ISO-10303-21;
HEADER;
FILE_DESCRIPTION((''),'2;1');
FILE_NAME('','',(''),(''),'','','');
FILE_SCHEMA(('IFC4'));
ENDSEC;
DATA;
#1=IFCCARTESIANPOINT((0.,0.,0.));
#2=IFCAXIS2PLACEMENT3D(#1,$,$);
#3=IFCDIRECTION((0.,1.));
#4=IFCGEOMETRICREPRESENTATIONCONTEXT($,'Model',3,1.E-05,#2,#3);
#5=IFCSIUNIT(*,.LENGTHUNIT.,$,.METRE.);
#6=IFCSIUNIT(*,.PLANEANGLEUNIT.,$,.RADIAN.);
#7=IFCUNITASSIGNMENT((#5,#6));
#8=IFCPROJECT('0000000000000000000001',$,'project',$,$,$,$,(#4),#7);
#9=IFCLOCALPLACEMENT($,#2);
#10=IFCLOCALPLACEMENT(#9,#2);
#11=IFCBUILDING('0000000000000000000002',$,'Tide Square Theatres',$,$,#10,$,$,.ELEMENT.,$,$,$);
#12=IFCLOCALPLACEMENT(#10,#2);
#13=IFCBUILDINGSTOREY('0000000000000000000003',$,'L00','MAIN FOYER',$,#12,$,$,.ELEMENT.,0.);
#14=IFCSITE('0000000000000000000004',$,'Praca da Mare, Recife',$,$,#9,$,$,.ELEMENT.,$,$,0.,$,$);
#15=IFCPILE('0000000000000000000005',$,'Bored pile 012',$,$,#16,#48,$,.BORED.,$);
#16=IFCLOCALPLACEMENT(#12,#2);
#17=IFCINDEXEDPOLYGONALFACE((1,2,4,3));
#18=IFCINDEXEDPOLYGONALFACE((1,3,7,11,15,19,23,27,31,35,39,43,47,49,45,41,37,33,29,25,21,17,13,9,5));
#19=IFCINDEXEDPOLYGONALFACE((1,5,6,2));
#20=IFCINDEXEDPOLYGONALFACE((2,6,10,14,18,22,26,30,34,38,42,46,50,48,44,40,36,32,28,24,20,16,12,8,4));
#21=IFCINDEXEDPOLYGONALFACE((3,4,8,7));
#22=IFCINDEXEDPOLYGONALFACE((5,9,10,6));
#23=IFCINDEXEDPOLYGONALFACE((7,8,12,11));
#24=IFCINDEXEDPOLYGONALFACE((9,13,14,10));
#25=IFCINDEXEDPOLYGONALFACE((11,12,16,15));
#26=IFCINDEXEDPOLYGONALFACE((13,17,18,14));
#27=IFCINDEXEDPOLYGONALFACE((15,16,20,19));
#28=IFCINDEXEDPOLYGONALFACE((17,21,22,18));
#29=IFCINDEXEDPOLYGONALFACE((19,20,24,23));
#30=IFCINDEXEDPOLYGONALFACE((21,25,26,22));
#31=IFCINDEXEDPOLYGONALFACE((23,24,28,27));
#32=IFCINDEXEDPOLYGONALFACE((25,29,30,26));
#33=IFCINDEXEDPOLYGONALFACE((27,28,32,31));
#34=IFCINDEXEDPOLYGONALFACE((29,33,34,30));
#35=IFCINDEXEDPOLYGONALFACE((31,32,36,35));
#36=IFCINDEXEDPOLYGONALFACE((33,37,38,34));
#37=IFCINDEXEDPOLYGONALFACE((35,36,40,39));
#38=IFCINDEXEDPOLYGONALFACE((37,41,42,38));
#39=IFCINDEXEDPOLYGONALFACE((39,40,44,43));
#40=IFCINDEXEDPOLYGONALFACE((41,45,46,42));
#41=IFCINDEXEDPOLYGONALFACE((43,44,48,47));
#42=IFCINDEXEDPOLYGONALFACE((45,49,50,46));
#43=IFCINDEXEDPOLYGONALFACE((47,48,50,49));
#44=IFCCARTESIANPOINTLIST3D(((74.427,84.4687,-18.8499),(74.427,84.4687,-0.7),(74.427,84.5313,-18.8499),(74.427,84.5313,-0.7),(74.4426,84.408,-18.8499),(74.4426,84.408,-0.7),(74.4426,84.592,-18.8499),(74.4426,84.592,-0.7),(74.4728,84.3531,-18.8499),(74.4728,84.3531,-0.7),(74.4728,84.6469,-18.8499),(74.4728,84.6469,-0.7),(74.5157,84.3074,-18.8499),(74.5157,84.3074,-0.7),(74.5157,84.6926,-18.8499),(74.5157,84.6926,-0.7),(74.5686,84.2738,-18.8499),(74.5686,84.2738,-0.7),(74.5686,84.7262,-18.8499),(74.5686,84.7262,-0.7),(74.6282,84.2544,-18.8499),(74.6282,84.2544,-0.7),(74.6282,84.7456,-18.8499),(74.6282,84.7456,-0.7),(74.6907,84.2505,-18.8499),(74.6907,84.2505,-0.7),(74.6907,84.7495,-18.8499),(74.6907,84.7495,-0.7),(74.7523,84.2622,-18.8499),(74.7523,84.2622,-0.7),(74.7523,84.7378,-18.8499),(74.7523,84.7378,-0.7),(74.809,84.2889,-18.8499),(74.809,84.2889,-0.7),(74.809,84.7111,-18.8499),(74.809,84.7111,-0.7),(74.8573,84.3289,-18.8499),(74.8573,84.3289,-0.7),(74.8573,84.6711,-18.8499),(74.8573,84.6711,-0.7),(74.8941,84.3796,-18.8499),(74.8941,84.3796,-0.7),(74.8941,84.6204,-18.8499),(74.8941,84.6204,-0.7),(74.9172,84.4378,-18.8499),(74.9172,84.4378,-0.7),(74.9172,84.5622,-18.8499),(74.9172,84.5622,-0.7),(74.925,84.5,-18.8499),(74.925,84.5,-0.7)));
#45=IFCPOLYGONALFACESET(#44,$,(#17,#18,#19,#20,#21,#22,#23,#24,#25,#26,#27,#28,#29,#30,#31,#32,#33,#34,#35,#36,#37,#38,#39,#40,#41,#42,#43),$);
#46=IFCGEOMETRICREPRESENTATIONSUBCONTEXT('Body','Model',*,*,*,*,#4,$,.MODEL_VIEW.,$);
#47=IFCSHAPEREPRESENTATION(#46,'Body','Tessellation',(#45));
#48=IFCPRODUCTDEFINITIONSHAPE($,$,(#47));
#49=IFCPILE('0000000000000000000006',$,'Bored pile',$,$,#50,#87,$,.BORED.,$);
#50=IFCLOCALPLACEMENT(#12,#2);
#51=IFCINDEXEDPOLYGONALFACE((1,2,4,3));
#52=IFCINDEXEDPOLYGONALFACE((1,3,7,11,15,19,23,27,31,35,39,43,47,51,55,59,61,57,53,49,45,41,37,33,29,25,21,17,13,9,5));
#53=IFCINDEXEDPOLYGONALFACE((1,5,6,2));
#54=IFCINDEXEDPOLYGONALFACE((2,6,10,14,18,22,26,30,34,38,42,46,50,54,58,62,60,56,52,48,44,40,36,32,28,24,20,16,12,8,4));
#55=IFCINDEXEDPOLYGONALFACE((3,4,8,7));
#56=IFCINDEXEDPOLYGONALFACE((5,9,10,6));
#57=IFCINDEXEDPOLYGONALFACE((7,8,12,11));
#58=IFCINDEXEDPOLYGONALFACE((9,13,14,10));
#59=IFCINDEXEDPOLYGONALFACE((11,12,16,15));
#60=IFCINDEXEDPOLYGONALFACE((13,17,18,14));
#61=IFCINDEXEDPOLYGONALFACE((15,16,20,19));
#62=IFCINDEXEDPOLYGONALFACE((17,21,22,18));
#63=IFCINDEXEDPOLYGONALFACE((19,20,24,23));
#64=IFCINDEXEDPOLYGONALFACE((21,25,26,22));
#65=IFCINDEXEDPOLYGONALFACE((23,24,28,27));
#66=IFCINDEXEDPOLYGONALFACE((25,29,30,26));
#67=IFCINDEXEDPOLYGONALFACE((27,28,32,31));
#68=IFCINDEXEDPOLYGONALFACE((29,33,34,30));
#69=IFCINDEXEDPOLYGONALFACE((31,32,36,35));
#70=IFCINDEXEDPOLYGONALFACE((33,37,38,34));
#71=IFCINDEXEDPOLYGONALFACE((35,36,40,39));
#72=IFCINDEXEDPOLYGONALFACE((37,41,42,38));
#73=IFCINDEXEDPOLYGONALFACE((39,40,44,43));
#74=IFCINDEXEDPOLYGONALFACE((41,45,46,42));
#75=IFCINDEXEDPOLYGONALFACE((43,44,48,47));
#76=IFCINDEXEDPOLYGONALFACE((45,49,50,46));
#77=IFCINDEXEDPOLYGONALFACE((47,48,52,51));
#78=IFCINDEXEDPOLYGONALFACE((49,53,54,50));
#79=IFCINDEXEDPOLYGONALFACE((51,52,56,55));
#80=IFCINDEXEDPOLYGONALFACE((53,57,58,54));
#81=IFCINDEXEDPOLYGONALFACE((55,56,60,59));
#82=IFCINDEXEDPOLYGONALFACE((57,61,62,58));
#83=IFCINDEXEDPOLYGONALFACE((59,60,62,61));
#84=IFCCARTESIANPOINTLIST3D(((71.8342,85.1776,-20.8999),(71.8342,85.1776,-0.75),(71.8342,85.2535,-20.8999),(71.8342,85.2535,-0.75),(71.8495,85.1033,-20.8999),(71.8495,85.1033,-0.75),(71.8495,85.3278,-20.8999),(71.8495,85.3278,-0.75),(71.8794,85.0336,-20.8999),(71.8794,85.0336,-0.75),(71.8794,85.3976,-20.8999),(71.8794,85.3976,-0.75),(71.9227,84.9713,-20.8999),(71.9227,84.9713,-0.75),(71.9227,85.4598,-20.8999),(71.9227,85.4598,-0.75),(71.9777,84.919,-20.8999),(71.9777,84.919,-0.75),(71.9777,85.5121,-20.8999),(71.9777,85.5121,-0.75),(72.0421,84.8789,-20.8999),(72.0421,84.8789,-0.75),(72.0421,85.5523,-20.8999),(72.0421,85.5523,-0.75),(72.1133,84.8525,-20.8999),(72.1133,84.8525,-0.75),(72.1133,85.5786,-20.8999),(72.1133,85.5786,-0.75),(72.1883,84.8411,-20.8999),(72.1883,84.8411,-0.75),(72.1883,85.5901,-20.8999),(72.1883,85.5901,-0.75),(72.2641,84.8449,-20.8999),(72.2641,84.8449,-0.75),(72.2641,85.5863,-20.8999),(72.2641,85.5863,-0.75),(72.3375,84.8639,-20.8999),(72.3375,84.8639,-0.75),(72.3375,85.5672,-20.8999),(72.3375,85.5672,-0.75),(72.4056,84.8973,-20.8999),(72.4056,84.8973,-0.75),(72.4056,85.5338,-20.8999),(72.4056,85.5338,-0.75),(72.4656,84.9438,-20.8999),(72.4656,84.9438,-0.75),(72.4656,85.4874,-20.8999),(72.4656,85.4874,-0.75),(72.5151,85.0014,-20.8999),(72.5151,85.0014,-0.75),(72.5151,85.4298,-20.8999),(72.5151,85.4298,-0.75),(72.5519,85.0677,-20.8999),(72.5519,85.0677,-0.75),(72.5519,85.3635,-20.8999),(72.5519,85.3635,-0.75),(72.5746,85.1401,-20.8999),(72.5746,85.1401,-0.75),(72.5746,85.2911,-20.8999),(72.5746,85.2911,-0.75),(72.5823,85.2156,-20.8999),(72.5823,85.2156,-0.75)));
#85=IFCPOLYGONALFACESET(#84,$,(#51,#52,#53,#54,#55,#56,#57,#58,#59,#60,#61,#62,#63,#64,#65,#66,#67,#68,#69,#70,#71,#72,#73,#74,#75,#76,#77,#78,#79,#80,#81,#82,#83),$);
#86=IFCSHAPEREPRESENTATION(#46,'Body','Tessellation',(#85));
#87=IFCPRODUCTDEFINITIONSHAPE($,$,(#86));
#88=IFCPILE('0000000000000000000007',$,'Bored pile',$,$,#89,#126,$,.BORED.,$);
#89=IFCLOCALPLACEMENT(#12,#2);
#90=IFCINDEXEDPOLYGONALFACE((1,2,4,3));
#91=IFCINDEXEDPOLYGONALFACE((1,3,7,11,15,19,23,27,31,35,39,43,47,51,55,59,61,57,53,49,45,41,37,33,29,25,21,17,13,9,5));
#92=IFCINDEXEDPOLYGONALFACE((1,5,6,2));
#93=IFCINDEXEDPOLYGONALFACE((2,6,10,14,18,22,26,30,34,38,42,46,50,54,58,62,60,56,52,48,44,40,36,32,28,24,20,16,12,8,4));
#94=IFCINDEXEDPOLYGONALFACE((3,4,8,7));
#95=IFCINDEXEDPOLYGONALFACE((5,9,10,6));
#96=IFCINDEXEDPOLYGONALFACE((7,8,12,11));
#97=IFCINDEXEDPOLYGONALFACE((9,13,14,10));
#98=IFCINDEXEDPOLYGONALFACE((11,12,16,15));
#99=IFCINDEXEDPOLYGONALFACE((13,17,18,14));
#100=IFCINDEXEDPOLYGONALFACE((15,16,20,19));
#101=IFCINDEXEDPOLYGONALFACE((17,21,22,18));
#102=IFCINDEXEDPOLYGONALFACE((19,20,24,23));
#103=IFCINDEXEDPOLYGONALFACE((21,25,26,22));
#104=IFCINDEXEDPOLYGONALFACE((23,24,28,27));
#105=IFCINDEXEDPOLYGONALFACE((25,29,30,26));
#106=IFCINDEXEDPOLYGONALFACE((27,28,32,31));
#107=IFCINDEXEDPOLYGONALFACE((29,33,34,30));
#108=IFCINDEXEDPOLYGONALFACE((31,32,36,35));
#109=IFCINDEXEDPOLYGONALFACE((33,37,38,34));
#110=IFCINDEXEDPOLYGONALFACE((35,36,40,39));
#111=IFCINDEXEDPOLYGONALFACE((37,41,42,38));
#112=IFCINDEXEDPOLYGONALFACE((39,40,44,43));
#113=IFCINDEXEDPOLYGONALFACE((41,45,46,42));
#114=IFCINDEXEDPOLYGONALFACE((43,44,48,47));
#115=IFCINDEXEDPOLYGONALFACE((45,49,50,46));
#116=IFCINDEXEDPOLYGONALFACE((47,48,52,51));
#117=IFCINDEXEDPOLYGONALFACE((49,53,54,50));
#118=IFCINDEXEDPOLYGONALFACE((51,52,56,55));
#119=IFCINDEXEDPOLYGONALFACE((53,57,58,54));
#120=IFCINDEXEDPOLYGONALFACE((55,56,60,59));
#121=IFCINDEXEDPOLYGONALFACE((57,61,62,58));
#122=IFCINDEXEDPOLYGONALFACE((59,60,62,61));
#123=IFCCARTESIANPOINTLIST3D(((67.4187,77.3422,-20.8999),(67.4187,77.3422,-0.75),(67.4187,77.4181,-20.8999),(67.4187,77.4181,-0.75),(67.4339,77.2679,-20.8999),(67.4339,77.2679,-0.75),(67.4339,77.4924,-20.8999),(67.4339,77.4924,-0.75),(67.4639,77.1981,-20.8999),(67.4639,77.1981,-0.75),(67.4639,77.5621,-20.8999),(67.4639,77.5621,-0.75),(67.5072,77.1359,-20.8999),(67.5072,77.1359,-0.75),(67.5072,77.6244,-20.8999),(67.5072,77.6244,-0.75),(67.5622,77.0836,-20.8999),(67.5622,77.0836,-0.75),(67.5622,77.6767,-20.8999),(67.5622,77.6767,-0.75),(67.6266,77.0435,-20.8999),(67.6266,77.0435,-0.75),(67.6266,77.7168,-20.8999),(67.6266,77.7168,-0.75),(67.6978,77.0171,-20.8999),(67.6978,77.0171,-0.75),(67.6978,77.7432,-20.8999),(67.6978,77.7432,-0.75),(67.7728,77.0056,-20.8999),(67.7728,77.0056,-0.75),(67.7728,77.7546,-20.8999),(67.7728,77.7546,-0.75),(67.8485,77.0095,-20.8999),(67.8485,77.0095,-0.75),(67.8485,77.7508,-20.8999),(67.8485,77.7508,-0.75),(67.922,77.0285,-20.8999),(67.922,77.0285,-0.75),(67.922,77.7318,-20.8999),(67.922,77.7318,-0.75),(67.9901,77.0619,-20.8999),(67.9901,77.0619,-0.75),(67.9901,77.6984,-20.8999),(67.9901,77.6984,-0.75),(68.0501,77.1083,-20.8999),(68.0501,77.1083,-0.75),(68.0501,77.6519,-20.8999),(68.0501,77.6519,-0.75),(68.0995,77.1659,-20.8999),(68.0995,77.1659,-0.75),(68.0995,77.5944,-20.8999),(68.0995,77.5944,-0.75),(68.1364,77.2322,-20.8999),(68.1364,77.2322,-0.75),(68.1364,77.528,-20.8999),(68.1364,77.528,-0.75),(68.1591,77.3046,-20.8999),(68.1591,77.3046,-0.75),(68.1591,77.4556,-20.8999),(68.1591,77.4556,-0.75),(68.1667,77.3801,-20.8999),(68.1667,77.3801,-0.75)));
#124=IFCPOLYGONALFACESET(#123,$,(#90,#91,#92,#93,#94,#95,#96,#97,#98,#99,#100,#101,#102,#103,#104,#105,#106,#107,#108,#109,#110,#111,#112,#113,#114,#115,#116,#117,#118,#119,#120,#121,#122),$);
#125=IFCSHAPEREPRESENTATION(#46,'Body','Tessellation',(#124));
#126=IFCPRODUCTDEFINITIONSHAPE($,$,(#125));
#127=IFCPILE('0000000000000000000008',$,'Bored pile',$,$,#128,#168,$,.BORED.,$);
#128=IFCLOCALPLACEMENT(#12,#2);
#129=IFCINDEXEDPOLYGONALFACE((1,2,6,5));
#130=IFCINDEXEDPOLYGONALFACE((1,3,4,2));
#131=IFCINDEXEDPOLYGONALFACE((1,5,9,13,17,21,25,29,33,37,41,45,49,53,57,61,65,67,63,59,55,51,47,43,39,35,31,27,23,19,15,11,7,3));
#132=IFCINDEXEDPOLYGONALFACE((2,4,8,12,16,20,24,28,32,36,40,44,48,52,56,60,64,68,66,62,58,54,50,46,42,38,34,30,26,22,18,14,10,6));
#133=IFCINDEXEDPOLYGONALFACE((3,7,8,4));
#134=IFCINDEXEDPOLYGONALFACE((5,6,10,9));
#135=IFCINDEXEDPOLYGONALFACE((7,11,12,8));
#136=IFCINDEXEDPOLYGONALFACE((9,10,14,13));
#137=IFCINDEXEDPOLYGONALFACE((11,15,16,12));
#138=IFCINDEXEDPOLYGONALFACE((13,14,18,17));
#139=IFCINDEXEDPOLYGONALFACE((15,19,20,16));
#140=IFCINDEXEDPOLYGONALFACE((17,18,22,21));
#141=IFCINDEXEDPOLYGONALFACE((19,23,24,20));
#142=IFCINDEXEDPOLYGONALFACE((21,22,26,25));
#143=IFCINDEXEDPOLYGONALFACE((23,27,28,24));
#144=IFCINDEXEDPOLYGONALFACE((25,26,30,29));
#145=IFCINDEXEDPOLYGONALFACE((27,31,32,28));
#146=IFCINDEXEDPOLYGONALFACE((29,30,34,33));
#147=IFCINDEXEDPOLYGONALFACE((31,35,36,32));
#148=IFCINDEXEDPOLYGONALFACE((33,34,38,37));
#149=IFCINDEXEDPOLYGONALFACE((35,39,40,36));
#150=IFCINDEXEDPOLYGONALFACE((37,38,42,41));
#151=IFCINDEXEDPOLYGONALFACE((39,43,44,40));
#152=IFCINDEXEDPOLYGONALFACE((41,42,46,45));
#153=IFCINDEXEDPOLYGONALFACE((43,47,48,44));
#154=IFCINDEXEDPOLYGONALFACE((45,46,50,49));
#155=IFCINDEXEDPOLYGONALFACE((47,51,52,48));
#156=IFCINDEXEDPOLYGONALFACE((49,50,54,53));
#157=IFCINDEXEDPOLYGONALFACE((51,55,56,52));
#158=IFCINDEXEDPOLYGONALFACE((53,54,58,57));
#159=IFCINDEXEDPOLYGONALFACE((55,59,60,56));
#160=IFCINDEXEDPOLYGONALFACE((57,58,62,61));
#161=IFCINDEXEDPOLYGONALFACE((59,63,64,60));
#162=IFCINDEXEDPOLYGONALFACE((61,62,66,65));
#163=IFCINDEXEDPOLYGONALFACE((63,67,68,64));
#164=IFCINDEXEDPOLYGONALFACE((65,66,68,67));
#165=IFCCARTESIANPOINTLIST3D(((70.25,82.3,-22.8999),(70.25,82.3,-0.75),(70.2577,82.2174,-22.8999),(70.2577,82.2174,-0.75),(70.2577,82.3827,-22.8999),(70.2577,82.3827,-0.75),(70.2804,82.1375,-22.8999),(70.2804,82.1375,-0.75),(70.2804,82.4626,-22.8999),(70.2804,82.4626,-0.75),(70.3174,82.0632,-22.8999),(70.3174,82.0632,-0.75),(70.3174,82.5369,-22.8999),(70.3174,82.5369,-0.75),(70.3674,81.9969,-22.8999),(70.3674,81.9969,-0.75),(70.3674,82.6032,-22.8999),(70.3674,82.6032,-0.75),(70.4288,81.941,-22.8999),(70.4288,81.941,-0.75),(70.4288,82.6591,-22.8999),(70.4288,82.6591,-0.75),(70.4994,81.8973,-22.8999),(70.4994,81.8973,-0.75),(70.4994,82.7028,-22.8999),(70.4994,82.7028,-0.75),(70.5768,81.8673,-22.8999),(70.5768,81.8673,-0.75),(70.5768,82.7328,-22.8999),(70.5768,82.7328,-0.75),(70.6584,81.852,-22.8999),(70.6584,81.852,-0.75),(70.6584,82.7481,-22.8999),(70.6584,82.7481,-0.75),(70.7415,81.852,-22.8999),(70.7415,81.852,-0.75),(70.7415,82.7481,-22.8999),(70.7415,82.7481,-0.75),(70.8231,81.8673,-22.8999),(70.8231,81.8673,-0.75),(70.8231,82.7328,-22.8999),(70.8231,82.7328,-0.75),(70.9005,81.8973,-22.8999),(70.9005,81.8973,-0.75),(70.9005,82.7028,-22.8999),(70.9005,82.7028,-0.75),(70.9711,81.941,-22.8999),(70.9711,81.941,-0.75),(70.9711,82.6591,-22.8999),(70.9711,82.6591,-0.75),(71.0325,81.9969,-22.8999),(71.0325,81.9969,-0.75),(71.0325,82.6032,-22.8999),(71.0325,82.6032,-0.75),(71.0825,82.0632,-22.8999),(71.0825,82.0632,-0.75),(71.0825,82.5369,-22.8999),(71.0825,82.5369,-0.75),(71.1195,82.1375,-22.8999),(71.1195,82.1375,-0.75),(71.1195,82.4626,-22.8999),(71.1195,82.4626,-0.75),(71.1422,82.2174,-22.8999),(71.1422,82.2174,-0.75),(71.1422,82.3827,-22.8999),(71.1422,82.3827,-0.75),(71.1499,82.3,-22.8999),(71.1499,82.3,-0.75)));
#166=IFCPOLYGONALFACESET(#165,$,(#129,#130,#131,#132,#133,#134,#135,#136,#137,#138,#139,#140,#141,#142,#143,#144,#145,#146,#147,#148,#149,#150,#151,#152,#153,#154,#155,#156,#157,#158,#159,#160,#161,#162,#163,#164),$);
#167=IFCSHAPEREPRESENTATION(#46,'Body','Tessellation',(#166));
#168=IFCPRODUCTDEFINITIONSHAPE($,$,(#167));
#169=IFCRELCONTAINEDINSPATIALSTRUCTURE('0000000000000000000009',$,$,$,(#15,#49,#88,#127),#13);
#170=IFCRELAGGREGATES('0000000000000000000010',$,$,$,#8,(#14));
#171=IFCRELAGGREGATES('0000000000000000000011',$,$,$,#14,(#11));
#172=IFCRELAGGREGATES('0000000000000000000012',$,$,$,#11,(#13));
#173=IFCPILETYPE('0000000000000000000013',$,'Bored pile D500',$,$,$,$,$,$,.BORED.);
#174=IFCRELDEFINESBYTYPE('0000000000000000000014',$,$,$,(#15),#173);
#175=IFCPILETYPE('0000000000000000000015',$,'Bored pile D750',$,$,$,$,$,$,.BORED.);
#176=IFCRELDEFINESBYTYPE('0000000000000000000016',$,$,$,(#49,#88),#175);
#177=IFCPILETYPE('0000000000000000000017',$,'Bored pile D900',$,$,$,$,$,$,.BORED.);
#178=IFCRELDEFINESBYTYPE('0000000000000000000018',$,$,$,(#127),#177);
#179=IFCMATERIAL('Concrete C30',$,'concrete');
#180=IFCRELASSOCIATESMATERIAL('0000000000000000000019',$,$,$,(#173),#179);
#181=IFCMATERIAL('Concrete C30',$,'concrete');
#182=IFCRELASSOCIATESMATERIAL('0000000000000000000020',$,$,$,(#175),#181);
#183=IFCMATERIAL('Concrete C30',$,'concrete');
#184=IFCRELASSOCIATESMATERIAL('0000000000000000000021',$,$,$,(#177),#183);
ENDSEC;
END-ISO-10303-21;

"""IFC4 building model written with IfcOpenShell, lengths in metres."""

from ifc_helpers import new_model, si_unit, direction, frame, origin, origin_2d, place, context, subcontext, project, spatial, circle, extrude, material, material_profile, profile_set, type_object, element, save


model = new_model("IFC4")

# Units and contexts
model_context = context("Model", 3, precision=1e-05, world=origin(), true_north=direction((0.0, 1.0)))
body_context = subcontext(model_context, "Body", "Model", "MODEL_VIEW")
ifc_project = project(units=[si_unit("LENGTHUNIT", "METRE"), si_unit("PLANEANGLEUNIT", "RADIAN")], contexts=[model_context])

# Site, building, storey
site_placement = place(None, origin())
site = spatial("IfcSite", under=ifc_project, at=site_placement, Name="Praca da Mare, Recife", CompositionType="ELEMENT", RefElevation=0.0)
building_placement = place(site_placement, origin())
building = spatial("IfcBuilding", under=site, at=building_placement, Name="Tide Square Theatres", CompositionType="ELEMENT")
storey_placement = place(building_placement, origin())
storey = spatial("IfcBuildingStorey", under=building, at=storey_placement, Name="L00", Description="MAIN FOYER", CompositionType="ELEMENT", Elevation=0.0)

# Piles
ifc_material_1 = material(Name="Concrete C30", Category="concrete")
ifc_material_profile_1 = material_profile(ifc_material_1, circle(Radius=0.25, at=origin_2d()))
ifc_profile_set_1 = profile_set([ifc_material_profile_1], Name="Concrete C30")
pile_type_1 = type_object("IfcPileType", Name="Bored pile D500", PredefinedType="BORED", material=ifc_profile_set_1)
pile_placement = place(storey_placement, frame((74.675, 84.5, -0.7), z_axis=(0.0, 0.0, -1.0), x_axis=(1.0, 0.0, 0.0)))
element("IfcPile", 1, at=pile_placement, inside=storey, type_object=pile_type_1, Name="Bored pile 012", PredefinedType="BORED", context=body_context, shape_type="SweptSolid", body=[
    extrude(circle(Radius=0.25, at=origin_2d()), origin(), (0.0, 0.0, 1.0), 18.1499),
])
ifc_material_2 = material(Name="Concrete C30", Category="concrete")
ifc_material_profile_2 = material_profile(ifc_material_2, circle(Radius=0.375, at=origin_2d()))
ifc_profile_set_2 = profile_set([ifc_material_profile_2], Name="Concrete C30")
pile_type_2 = type_object("IfcPileType", Name="Bored pile D750", PredefinedType="BORED", material=ifc_profile_set_2)
for number, where, z_axis, x_axis, name in (
    (2, (72.2073, 85.2156, -0.75), (0.0, 0.0, -1.0), (1.0, 0.0, 0.0), "Bored pile"),
    (3, (67.7917, 77.3801, -0.75), (0.0, 0.0, -1.0), (1.0, 0.0, 0.0), "Bored pile"),
):
    element("IfcPile", number, at=place(storey_placement, frame(where, z_axis=z_axis, x_axis=x_axis)), inside=storey, type_object=pile_type_2, Name=name, PredefinedType="BORED", context=body_context, shape_type="SweptSolid", body=[
        extrude(circle(Radius=0.375, at=origin_2d()), origin(), (0.0, 0.0, 1.0), 20.1499),
    ])
ifc_material_3 = material(Name="Concrete C30", Category="concrete")
ifc_material_profile_3 = material_profile(ifc_material_3, circle(Radius=0.45, at=origin_2d()))
ifc_profile_set_3 = profile_set([ifc_material_profile_3], Name="Concrete C30")
pile_type_3 = type_object("IfcPileType", Name="Bored pile D900", PredefinedType="BORED", material=ifc_profile_set_3)
for number, where, z_axis, x_axis, name in (
    (4, (70.7, 82.3, -0.75), (0.0, 0.0, -1.0), (1.0, 0.0, 0.0), "Bored pile"),
):
    element("IfcPile", number, at=place(storey_placement, frame(where, z_axis=z_axis, x_axis=x_axis)), inside=storey, type_object=pile_type_3, Name=name, PredefinedType="BORED", context=body_context, shape_type="SweptSolid", body=[
        extrude(circle(Radius=0.45, at=origin_2d()), origin(), (0.0, 0.0, 1.0), 22.1499),
    ])

save(model, "model.ifc")
